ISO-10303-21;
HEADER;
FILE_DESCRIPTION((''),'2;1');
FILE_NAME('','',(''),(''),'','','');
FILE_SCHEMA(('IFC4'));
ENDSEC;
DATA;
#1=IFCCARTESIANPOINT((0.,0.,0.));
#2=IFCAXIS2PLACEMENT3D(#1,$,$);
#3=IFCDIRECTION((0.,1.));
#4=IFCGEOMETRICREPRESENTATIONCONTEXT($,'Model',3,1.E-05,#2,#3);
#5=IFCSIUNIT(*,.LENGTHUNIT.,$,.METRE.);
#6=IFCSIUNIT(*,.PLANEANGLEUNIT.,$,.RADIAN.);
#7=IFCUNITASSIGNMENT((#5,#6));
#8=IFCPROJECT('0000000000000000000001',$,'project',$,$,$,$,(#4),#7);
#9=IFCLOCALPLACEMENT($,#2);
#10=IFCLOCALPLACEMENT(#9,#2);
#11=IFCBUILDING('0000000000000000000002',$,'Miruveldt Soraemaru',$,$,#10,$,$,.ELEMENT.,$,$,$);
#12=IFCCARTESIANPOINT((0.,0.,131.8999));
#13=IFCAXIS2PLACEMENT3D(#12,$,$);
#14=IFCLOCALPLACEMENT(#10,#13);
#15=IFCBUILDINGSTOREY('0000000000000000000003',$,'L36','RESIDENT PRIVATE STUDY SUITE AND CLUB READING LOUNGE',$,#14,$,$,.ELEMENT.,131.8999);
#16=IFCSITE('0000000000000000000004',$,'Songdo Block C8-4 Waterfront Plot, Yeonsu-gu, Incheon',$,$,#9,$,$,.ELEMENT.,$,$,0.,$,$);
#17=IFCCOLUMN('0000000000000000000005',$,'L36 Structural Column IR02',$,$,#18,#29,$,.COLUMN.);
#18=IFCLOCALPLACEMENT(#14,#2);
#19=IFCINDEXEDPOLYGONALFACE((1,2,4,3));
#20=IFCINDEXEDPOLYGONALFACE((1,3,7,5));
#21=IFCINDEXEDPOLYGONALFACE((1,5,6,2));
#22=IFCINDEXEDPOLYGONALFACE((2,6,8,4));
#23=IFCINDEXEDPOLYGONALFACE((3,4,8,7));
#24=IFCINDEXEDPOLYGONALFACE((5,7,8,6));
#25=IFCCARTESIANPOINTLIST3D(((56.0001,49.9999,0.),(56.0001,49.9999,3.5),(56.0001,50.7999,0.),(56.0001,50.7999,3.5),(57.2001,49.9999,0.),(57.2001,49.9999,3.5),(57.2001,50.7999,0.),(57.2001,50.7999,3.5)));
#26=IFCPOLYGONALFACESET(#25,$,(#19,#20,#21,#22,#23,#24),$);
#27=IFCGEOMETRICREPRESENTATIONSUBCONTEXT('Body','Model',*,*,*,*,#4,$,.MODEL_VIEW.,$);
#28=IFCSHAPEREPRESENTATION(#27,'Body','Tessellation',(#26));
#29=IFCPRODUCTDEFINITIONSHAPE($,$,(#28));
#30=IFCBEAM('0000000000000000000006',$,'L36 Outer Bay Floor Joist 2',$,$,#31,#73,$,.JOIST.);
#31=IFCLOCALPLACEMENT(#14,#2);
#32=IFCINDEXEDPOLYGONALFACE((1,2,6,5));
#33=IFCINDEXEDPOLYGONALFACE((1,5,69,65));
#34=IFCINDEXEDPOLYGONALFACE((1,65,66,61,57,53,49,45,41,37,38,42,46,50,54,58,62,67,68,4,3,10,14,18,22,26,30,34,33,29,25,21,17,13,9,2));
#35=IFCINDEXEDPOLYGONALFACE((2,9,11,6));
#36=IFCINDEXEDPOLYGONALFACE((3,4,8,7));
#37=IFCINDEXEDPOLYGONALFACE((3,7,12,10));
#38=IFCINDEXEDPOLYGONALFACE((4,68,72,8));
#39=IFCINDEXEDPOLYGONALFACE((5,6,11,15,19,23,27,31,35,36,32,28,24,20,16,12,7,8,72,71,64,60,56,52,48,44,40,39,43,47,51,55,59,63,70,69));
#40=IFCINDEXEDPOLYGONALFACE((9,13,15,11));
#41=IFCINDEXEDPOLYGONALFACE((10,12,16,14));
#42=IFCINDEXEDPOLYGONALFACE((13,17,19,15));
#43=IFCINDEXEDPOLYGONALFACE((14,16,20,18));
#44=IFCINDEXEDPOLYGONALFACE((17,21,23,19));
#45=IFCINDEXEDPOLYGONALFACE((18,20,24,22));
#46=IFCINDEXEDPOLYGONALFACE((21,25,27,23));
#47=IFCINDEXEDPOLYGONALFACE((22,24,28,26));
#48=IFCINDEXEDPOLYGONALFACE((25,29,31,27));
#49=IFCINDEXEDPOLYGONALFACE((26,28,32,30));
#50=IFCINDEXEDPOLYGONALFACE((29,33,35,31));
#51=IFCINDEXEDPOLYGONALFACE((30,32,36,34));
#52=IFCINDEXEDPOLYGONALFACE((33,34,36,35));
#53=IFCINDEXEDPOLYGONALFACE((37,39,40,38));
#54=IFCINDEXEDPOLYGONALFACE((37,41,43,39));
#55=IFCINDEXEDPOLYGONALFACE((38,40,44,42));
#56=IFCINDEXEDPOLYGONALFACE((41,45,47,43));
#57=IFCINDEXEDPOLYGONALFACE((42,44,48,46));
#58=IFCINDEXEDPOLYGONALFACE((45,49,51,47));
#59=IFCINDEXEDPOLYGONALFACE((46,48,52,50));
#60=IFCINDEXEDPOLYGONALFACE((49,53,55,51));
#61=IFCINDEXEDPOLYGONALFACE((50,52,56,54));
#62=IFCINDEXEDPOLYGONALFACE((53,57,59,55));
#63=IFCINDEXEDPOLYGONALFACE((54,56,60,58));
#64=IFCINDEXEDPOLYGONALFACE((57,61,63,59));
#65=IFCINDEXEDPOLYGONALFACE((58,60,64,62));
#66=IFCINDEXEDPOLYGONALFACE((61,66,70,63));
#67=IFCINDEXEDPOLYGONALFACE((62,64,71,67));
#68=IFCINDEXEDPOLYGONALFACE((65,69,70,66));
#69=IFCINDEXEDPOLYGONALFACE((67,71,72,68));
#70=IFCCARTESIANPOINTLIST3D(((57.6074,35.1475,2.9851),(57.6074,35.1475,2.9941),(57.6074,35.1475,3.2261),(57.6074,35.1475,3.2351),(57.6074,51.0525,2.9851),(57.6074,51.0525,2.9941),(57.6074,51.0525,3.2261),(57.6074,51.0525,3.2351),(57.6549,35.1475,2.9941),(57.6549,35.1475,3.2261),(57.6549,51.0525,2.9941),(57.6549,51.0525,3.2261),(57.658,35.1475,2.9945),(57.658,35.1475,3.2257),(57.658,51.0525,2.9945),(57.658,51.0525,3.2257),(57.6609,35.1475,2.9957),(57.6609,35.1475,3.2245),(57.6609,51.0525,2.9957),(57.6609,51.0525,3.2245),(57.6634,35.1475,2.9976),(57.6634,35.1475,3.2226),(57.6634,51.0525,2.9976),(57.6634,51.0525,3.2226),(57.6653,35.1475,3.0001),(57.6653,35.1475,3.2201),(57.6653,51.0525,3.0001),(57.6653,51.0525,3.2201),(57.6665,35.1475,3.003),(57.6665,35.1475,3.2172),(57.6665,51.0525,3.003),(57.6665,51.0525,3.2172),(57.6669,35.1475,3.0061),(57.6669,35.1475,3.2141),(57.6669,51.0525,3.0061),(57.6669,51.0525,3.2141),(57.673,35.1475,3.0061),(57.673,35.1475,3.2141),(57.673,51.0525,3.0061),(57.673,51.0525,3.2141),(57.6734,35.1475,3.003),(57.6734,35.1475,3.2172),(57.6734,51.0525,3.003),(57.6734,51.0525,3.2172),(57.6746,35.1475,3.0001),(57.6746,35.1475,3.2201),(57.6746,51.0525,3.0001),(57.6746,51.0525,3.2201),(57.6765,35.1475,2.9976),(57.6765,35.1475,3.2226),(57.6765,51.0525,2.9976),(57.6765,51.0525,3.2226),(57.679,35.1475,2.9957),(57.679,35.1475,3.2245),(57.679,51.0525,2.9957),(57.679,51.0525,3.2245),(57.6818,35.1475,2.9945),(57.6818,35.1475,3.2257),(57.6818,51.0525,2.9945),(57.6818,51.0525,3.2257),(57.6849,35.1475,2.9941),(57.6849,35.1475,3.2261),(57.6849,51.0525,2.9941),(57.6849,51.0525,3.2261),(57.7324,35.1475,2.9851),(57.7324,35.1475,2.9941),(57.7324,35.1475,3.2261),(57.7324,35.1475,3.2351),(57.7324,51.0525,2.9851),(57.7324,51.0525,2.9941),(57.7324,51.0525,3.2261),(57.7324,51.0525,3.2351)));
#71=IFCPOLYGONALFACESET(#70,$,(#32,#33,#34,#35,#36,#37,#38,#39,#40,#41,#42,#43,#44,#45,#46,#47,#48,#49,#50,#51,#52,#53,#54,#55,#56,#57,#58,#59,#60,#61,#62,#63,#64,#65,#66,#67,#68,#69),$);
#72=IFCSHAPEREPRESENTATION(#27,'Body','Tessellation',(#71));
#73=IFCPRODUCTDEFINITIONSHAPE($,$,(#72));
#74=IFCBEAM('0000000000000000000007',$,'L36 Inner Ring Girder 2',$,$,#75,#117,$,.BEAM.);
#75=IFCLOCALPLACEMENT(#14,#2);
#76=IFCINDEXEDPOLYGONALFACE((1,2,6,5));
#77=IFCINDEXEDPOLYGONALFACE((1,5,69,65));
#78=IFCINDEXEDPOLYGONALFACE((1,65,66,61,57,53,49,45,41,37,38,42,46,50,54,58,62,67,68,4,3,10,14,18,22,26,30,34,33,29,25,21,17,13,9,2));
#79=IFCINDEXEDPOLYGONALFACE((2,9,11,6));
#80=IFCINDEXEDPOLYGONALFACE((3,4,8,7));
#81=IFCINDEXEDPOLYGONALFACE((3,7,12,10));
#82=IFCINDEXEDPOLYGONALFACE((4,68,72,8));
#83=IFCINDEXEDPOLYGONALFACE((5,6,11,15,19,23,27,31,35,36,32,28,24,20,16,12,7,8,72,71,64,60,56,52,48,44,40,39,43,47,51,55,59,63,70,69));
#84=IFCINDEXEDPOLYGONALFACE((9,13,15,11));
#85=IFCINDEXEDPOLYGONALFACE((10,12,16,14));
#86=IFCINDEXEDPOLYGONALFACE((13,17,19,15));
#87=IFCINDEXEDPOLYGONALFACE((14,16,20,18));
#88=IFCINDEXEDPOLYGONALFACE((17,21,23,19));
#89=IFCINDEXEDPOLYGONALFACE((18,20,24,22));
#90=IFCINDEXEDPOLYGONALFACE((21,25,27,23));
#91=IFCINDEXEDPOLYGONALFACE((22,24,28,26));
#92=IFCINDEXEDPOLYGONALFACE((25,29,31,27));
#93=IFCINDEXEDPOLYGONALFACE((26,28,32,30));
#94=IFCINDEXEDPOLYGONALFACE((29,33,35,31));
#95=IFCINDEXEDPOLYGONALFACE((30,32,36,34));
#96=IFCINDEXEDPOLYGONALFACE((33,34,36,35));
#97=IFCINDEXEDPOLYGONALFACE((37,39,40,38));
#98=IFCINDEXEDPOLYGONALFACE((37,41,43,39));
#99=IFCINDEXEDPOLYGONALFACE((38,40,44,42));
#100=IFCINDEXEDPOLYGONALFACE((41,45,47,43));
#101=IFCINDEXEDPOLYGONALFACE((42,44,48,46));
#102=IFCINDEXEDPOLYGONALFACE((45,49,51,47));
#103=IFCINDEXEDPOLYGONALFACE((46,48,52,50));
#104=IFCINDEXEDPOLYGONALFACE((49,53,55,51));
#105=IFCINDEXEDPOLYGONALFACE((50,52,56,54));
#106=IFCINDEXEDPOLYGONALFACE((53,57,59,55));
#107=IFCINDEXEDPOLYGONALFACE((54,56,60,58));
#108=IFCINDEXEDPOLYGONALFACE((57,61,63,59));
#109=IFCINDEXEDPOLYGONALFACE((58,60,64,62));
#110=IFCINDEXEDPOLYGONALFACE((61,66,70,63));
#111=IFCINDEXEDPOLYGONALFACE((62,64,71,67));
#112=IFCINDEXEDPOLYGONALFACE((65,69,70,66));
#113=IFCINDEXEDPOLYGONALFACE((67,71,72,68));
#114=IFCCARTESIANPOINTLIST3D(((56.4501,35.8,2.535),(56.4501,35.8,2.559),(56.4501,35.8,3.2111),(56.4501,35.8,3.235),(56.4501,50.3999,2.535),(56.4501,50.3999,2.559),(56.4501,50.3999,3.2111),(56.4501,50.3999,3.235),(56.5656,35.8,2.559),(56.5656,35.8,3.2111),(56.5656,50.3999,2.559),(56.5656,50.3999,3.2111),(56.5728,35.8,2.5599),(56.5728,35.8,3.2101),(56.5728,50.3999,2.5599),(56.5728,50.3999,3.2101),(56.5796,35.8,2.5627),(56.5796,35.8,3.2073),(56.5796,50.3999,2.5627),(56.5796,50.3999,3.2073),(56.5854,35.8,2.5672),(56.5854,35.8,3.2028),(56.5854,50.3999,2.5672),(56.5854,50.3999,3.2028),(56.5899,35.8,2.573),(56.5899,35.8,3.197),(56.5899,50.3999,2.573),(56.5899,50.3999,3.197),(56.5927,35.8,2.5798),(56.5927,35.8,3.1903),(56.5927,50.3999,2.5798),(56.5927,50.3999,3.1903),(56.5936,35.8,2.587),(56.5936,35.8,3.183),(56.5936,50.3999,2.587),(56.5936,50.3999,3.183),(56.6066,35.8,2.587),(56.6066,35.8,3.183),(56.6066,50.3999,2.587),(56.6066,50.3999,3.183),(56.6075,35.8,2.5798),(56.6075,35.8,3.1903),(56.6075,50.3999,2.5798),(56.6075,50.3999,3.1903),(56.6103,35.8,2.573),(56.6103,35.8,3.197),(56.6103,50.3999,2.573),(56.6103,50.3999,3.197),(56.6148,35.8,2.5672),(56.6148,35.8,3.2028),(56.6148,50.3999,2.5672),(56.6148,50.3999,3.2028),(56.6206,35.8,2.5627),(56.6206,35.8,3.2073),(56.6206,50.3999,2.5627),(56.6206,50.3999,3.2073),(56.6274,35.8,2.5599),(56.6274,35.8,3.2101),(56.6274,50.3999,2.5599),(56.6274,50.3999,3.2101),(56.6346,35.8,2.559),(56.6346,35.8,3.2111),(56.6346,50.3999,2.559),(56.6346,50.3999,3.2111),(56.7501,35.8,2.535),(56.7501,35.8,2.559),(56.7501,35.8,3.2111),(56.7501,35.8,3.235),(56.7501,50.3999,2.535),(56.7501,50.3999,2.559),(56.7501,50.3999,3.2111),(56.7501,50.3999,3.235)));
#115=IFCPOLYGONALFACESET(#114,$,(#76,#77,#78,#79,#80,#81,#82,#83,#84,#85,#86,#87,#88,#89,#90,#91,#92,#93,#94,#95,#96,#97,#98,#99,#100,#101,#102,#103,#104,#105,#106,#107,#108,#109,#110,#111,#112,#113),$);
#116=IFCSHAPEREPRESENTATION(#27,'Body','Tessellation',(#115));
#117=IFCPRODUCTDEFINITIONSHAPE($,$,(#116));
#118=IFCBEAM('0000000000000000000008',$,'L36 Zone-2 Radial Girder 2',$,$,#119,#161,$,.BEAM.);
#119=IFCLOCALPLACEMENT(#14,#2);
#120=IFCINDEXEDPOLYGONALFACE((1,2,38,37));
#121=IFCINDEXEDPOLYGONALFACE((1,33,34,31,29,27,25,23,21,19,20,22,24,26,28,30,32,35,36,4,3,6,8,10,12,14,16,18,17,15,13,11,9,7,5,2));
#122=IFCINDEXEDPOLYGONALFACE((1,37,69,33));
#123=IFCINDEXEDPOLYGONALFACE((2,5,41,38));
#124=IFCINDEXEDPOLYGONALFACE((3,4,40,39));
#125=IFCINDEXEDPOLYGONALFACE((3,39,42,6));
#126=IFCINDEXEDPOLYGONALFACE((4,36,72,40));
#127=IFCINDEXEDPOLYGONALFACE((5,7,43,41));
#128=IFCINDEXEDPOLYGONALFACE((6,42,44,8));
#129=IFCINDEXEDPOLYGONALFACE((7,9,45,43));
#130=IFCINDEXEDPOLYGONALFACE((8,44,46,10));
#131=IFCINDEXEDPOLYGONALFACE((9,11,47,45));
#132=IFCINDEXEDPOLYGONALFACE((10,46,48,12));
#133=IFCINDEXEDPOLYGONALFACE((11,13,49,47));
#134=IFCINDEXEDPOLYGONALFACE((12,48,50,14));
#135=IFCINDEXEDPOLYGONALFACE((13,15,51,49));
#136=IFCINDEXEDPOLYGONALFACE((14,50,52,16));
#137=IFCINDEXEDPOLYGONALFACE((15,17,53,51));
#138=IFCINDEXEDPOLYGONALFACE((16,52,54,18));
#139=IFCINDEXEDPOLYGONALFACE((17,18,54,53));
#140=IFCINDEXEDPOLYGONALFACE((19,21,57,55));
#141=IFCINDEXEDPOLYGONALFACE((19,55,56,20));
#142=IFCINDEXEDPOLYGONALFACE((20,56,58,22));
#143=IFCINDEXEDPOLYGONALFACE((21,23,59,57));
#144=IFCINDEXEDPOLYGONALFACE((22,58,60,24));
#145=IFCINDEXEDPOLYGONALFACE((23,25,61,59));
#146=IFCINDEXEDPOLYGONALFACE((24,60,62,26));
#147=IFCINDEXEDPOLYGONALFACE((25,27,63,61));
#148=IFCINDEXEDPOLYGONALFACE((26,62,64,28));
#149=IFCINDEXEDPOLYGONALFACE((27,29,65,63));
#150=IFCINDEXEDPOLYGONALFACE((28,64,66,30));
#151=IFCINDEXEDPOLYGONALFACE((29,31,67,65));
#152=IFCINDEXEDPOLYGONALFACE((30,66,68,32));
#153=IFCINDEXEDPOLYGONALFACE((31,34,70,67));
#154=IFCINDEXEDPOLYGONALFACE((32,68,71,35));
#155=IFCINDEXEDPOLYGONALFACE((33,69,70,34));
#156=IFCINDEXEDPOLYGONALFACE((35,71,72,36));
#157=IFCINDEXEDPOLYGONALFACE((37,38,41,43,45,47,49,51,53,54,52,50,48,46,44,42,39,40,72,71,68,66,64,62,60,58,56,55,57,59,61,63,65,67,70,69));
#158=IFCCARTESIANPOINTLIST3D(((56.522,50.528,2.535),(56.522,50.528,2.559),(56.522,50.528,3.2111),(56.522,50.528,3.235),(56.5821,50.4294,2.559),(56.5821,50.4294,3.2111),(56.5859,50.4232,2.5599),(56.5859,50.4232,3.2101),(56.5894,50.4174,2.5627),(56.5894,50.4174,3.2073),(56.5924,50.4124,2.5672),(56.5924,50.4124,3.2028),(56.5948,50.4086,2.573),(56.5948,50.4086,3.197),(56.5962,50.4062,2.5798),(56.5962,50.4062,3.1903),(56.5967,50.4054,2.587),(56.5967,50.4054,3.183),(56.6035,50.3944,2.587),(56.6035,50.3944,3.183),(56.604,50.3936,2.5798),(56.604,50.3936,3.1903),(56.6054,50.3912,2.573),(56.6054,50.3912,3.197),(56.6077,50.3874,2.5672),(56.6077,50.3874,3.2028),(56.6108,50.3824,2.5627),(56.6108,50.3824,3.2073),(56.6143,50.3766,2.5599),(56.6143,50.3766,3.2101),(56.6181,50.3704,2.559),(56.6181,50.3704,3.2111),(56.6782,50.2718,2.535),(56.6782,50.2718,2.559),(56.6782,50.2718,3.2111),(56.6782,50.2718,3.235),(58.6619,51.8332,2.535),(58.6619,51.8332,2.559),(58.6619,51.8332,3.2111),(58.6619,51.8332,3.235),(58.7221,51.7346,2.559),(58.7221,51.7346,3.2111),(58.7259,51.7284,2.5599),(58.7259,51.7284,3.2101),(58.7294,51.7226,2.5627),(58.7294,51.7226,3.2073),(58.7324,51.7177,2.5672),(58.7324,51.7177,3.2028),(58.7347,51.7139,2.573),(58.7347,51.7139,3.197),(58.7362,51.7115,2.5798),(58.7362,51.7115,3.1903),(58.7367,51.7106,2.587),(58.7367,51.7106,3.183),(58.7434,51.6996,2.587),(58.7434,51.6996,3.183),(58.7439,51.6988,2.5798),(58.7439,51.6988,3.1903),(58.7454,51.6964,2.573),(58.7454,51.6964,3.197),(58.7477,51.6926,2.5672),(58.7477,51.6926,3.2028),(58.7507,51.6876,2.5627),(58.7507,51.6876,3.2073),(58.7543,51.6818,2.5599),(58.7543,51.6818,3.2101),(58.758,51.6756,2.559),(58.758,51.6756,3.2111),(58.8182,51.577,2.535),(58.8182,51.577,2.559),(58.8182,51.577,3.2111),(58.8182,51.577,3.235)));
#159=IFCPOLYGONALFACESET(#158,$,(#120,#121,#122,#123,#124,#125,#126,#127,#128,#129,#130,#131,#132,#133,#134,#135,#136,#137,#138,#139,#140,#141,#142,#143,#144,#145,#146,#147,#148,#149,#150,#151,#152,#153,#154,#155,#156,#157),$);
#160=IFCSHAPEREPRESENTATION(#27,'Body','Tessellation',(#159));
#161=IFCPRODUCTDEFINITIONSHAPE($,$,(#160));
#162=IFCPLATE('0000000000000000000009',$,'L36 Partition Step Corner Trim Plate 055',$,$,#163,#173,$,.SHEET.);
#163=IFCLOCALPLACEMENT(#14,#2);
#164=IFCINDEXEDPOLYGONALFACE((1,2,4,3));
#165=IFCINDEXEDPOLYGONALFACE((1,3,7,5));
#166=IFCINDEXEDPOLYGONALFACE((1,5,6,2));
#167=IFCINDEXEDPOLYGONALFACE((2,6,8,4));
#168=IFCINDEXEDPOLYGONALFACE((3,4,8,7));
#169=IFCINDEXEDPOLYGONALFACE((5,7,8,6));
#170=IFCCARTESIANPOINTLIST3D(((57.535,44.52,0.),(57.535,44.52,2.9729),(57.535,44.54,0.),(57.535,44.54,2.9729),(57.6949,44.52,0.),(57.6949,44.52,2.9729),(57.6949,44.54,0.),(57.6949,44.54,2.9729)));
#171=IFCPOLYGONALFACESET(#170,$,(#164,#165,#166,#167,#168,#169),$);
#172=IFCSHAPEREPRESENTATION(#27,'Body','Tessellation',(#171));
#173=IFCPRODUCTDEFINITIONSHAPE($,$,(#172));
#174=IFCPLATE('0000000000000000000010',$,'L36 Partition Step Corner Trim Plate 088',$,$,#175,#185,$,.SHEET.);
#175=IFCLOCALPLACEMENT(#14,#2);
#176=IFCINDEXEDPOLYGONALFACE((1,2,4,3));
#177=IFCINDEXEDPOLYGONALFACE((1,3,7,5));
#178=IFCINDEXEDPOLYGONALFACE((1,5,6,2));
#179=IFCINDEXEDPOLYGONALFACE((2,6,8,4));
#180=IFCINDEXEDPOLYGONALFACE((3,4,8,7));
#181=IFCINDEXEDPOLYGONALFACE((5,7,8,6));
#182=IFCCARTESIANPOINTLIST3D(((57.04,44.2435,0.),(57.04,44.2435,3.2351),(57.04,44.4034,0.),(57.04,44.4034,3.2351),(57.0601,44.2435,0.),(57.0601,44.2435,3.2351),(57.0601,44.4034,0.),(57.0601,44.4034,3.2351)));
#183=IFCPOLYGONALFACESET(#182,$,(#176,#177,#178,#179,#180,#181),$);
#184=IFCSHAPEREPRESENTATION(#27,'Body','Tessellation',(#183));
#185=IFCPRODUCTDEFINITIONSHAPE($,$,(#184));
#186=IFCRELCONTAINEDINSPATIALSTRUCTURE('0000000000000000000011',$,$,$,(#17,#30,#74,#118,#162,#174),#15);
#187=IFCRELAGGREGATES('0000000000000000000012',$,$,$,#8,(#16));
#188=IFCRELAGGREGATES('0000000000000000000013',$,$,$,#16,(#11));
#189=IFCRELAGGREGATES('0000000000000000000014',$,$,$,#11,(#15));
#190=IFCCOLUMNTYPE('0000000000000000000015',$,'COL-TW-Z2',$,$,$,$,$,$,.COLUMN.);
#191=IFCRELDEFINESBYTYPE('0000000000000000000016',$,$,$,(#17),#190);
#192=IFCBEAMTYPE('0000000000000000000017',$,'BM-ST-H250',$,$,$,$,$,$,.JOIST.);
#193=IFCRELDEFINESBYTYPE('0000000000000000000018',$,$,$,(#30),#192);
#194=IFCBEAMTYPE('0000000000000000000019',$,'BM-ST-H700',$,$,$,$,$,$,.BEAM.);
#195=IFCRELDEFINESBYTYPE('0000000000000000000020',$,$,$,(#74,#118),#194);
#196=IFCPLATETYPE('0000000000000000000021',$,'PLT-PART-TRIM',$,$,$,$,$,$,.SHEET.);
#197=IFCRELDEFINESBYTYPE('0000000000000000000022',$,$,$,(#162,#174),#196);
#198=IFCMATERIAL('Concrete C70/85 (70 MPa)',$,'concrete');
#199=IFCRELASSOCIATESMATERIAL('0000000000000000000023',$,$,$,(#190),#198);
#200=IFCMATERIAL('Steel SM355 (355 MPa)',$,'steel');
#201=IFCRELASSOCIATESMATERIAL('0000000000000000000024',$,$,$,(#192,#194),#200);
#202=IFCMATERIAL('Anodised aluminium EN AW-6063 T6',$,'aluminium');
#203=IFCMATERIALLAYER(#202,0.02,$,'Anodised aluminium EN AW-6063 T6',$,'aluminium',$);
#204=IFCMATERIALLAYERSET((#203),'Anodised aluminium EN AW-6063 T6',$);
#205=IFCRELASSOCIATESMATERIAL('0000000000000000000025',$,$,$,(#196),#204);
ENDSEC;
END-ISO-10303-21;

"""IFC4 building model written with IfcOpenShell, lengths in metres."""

from ifc_helpers import new_model, si_unit, direction, frame, origin, origin_2d, place, context, subcontext, project, spatial, rectangle, i_section, extrude, material, layer, layer_set, material_profile, profile_set, type_object, element, save


model = new_model("IFC4")

# Units and contexts
model_context = context("Model", 3, precision=1e-05, world=origin(), true_north=direction((0.0, 1.0)))
body_context = subcontext(model_context, "Body", "Model", "MODEL_VIEW")
ifc_project = project(units=[si_unit("LENGTHUNIT", "METRE"), si_unit("PLANEANGLEUNIT", "RADIAN")], contexts=[model_context])

# Site, building, storey
site_placement = place(None, origin())
site = spatial("IfcSite", under=ifc_project, at=site_placement, Name="Songdo Block C8-4 Waterfront Plot, Yeonsu-gu, Incheon", CompositionType="ELEMENT", RefElevation=0.0)
building_placement = place(site_placement, origin())
building = spatial("IfcBuilding", under=site, at=building_placement, Name="Miruveldt Soraemaru", CompositionType="ELEMENT")
storey_placement = place(building_placement, frame((0.0, 0.0, 131.8999)))
storey = spatial("IfcBuildingStorey", under=building, at=storey_placement, Name="L36", Description="RESIDENT PRIVATE STUDY SUITE AND CLUB READING LOUNGE", CompositionType="ELEMENT", Elevation=131.8999)

# Column
ifc_material_1 = material(Name="Concrete C70/85 (70 MPa)", Category="concrete")
ifc_material_profile_1 = material_profile(ifc_material_1, rectangle(XDim=1.2, YDim=0.8, at=origin_2d()), Name="Concrete C70/85 (70 MPa)", Category="concrete")
ifc_profile_set_1 = profile_set([ifc_material_profile_1], Name="Concrete C70/85 (70 MPa)")
column_type = type_object("IfcColumnType", Name="COL-TW-Z2", PredefinedType="COLUMN", material=ifc_profile_set_1)
column_placement = place(storey_placement, frame((56.6001, 50.3999, 0.0), z_axis=(0.0, 0.0, 1.0), x_axis=(1.0, 0.0, 0.0)))
element("IfcColumn", 1, at=column_placement, inside=storey, type_object=column_type, Name="L36 Structural Column IR02", PredefinedType="COLUMN", context=body_context, shape_type="SweptSolid", body=[
    extrude(rectangle(XDim=1.2, YDim=0.8, at=origin_2d()), origin(), (0.0, 0.0, 1.0), 3.5),
])

# Beams
ifc_material_2 = material(Name="Steel SM355 (355 MPa)", Category="steel")
ifc_material_profile_2 = material_profile(ifc_material_2, i_section(OverallWidth=0.125, OverallDepth=0.25, WebThickness=0.0061, FlangeThickness=0.009, FilletRadius=0.012, at=origin_2d()), Name="Steel SM355 (355 MPa)", Category="steel")
ifc_profile_set_2 = profile_set([ifc_material_profile_2], Name="Steel SM355 (355 MPa)")
beam_type_1 = type_object("IfcBeamType", Name="BM-ST-H250", PredefinedType="JOIST", material=ifc_profile_set_2)
beam_1_placement = place(storey_placement, frame((57.6699, 51.0525, 3.1101), z_axis=(0.0, -1.0, 0.0), x_axis=(1.0, 0.0, 0.0)))
element("IfcBeam", 2, at=beam_1_placement, inside=storey, type_object=beam_type_1, Name="L36 Outer Bay Floor Joist 2", PredefinedType="JOIST", context=body_context, shape_type="SweptSolid", body=[
    extrude(i_section(OverallWidth=0.125, OverallDepth=0.25, WebThickness=0.0061, FlangeThickness=0.009, FilletRadius=0.012, at=origin_2d()), origin(), (0.0, 0.0, 1.0), 15.905),
])
ifc_material_profile_3 = material_profile(ifc_material_2, i_section(OverallWidth=0.3, OverallDepth=0.7, WebThickness=0.0129, FlangeThickness=0.0239, FilletRadius=0.0281, at=origin_2d()), Name="Steel SM355 (355 MPa)", Category="steel")
ifc_profile_set_3 = profile_set([ifc_material_profile_3], Name="Steel SM355 (355 MPa)")
beam_type_2 = type_object("IfcBeamType", Name="BM-ST-H700", PredefinedType="BEAM", material=ifc_profile_set_3)
beam_2_placement = place(storey_placement, frame((56.6001, 50.3999, 2.885), z_axis=(0.0, -1.0, 0.0), x_axis=(1.0, 0.0, 0.0)))
element("IfcBeam", 3, at=beam_2_placement, inside=storey, type_object=beam_type_2, Name="L36 Inner Ring Girder 2", PredefinedType="BEAM", context=body_context, shape_type="SweptSolid", body=[
    extrude(i_section(OverallWidth=0.3, OverallDepth=0.7, WebThickness=0.0129, FlangeThickness=0.0239, FilletRadius=0.0281, at=origin_2d()), origin(), (0.0, 0.0, 1.0), 14.5999),
])
beam_3_placement = place(storey_placement, frame((56.6001, 50.3999, 2.885), z_axis=(0.853732, 0.520713, 0.0), x_axis=(-0.520713, 0.853732, 0.0)))
element("IfcBeam", 4, at=beam_3_placement, inside=storey, type_object=beam_type_2, Name="L36 Zone-2 Radial Girder 2", PredefinedType="BEAM", context=body_context, shape_type="SweptSolid", body=[
    extrude(i_section(OverallWidth=0.3, OverallDepth=0.7, WebThickness=0.0129, FlangeThickness=0.0239, FilletRadius=0.0281, at=origin_2d()), origin(), (0.0, 0.0, 1.0), 2.5066),
])

# Plates
ifc_material_3 = material(Name="Anodised aluminium EN AW-6063 T6", Category="aluminium")
ifc_layer_1 = layer(ifc_material_3, 0.02, Name="Anodised aluminium EN AW-6063 T6", Category="aluminium")
ifc_layer_set_1 = layer_set([ifc_layer_1], Name="Anodised aluminium EN AW-6063 T6")
plate_type = type_object("IfcPlateType", Name="PLT-PART-TRIM", PredefinedType="SHEET", material=ifc_layer_set_1)
plate_1_placement = place(storey_placement, frame((57.615, 44.53, 0.0), z_axis=(0.0, 0.0, 1.0), x_axis=(1.0, 0.0, 0.0)))
element("IfcPlate", 5, at=plate_1_placement, inside=storey, type_object=plate_type, Name="L36 Partition Step Corner Trim Plate 055", PredefinedType="SHEET", context=body_context, shape_type="SweptSolid", body=[
    extrude(rectangle(XDim=0.1599, YDim=0.02, at=origin_2d()), origin(), (0.0, 0.0, 1.0), 2.9729),
])
plate_2_placement = place(storey_placement, frame((57.05, 44.3235, 0.0), z_axis=(0.0, 0.0, 1.0), x_axis=(0.0, 1.0, 0.0)))
element("IfcPlate", 6, at=plate_2_placement, inside=storey, type_object=plate_type, Name="L36 Partition Step Corner Trim Plate 088", PredefinedType="SHEET", context=body_context, shape_type="SweptSolid", body=[
    extrude(rectangle(XDim=0.1599, YDim=0.02, at=origin_2d()), origin(), (0.0, 0.0, 1.0), 3.2351),
])

save(model, "model.ifc")
